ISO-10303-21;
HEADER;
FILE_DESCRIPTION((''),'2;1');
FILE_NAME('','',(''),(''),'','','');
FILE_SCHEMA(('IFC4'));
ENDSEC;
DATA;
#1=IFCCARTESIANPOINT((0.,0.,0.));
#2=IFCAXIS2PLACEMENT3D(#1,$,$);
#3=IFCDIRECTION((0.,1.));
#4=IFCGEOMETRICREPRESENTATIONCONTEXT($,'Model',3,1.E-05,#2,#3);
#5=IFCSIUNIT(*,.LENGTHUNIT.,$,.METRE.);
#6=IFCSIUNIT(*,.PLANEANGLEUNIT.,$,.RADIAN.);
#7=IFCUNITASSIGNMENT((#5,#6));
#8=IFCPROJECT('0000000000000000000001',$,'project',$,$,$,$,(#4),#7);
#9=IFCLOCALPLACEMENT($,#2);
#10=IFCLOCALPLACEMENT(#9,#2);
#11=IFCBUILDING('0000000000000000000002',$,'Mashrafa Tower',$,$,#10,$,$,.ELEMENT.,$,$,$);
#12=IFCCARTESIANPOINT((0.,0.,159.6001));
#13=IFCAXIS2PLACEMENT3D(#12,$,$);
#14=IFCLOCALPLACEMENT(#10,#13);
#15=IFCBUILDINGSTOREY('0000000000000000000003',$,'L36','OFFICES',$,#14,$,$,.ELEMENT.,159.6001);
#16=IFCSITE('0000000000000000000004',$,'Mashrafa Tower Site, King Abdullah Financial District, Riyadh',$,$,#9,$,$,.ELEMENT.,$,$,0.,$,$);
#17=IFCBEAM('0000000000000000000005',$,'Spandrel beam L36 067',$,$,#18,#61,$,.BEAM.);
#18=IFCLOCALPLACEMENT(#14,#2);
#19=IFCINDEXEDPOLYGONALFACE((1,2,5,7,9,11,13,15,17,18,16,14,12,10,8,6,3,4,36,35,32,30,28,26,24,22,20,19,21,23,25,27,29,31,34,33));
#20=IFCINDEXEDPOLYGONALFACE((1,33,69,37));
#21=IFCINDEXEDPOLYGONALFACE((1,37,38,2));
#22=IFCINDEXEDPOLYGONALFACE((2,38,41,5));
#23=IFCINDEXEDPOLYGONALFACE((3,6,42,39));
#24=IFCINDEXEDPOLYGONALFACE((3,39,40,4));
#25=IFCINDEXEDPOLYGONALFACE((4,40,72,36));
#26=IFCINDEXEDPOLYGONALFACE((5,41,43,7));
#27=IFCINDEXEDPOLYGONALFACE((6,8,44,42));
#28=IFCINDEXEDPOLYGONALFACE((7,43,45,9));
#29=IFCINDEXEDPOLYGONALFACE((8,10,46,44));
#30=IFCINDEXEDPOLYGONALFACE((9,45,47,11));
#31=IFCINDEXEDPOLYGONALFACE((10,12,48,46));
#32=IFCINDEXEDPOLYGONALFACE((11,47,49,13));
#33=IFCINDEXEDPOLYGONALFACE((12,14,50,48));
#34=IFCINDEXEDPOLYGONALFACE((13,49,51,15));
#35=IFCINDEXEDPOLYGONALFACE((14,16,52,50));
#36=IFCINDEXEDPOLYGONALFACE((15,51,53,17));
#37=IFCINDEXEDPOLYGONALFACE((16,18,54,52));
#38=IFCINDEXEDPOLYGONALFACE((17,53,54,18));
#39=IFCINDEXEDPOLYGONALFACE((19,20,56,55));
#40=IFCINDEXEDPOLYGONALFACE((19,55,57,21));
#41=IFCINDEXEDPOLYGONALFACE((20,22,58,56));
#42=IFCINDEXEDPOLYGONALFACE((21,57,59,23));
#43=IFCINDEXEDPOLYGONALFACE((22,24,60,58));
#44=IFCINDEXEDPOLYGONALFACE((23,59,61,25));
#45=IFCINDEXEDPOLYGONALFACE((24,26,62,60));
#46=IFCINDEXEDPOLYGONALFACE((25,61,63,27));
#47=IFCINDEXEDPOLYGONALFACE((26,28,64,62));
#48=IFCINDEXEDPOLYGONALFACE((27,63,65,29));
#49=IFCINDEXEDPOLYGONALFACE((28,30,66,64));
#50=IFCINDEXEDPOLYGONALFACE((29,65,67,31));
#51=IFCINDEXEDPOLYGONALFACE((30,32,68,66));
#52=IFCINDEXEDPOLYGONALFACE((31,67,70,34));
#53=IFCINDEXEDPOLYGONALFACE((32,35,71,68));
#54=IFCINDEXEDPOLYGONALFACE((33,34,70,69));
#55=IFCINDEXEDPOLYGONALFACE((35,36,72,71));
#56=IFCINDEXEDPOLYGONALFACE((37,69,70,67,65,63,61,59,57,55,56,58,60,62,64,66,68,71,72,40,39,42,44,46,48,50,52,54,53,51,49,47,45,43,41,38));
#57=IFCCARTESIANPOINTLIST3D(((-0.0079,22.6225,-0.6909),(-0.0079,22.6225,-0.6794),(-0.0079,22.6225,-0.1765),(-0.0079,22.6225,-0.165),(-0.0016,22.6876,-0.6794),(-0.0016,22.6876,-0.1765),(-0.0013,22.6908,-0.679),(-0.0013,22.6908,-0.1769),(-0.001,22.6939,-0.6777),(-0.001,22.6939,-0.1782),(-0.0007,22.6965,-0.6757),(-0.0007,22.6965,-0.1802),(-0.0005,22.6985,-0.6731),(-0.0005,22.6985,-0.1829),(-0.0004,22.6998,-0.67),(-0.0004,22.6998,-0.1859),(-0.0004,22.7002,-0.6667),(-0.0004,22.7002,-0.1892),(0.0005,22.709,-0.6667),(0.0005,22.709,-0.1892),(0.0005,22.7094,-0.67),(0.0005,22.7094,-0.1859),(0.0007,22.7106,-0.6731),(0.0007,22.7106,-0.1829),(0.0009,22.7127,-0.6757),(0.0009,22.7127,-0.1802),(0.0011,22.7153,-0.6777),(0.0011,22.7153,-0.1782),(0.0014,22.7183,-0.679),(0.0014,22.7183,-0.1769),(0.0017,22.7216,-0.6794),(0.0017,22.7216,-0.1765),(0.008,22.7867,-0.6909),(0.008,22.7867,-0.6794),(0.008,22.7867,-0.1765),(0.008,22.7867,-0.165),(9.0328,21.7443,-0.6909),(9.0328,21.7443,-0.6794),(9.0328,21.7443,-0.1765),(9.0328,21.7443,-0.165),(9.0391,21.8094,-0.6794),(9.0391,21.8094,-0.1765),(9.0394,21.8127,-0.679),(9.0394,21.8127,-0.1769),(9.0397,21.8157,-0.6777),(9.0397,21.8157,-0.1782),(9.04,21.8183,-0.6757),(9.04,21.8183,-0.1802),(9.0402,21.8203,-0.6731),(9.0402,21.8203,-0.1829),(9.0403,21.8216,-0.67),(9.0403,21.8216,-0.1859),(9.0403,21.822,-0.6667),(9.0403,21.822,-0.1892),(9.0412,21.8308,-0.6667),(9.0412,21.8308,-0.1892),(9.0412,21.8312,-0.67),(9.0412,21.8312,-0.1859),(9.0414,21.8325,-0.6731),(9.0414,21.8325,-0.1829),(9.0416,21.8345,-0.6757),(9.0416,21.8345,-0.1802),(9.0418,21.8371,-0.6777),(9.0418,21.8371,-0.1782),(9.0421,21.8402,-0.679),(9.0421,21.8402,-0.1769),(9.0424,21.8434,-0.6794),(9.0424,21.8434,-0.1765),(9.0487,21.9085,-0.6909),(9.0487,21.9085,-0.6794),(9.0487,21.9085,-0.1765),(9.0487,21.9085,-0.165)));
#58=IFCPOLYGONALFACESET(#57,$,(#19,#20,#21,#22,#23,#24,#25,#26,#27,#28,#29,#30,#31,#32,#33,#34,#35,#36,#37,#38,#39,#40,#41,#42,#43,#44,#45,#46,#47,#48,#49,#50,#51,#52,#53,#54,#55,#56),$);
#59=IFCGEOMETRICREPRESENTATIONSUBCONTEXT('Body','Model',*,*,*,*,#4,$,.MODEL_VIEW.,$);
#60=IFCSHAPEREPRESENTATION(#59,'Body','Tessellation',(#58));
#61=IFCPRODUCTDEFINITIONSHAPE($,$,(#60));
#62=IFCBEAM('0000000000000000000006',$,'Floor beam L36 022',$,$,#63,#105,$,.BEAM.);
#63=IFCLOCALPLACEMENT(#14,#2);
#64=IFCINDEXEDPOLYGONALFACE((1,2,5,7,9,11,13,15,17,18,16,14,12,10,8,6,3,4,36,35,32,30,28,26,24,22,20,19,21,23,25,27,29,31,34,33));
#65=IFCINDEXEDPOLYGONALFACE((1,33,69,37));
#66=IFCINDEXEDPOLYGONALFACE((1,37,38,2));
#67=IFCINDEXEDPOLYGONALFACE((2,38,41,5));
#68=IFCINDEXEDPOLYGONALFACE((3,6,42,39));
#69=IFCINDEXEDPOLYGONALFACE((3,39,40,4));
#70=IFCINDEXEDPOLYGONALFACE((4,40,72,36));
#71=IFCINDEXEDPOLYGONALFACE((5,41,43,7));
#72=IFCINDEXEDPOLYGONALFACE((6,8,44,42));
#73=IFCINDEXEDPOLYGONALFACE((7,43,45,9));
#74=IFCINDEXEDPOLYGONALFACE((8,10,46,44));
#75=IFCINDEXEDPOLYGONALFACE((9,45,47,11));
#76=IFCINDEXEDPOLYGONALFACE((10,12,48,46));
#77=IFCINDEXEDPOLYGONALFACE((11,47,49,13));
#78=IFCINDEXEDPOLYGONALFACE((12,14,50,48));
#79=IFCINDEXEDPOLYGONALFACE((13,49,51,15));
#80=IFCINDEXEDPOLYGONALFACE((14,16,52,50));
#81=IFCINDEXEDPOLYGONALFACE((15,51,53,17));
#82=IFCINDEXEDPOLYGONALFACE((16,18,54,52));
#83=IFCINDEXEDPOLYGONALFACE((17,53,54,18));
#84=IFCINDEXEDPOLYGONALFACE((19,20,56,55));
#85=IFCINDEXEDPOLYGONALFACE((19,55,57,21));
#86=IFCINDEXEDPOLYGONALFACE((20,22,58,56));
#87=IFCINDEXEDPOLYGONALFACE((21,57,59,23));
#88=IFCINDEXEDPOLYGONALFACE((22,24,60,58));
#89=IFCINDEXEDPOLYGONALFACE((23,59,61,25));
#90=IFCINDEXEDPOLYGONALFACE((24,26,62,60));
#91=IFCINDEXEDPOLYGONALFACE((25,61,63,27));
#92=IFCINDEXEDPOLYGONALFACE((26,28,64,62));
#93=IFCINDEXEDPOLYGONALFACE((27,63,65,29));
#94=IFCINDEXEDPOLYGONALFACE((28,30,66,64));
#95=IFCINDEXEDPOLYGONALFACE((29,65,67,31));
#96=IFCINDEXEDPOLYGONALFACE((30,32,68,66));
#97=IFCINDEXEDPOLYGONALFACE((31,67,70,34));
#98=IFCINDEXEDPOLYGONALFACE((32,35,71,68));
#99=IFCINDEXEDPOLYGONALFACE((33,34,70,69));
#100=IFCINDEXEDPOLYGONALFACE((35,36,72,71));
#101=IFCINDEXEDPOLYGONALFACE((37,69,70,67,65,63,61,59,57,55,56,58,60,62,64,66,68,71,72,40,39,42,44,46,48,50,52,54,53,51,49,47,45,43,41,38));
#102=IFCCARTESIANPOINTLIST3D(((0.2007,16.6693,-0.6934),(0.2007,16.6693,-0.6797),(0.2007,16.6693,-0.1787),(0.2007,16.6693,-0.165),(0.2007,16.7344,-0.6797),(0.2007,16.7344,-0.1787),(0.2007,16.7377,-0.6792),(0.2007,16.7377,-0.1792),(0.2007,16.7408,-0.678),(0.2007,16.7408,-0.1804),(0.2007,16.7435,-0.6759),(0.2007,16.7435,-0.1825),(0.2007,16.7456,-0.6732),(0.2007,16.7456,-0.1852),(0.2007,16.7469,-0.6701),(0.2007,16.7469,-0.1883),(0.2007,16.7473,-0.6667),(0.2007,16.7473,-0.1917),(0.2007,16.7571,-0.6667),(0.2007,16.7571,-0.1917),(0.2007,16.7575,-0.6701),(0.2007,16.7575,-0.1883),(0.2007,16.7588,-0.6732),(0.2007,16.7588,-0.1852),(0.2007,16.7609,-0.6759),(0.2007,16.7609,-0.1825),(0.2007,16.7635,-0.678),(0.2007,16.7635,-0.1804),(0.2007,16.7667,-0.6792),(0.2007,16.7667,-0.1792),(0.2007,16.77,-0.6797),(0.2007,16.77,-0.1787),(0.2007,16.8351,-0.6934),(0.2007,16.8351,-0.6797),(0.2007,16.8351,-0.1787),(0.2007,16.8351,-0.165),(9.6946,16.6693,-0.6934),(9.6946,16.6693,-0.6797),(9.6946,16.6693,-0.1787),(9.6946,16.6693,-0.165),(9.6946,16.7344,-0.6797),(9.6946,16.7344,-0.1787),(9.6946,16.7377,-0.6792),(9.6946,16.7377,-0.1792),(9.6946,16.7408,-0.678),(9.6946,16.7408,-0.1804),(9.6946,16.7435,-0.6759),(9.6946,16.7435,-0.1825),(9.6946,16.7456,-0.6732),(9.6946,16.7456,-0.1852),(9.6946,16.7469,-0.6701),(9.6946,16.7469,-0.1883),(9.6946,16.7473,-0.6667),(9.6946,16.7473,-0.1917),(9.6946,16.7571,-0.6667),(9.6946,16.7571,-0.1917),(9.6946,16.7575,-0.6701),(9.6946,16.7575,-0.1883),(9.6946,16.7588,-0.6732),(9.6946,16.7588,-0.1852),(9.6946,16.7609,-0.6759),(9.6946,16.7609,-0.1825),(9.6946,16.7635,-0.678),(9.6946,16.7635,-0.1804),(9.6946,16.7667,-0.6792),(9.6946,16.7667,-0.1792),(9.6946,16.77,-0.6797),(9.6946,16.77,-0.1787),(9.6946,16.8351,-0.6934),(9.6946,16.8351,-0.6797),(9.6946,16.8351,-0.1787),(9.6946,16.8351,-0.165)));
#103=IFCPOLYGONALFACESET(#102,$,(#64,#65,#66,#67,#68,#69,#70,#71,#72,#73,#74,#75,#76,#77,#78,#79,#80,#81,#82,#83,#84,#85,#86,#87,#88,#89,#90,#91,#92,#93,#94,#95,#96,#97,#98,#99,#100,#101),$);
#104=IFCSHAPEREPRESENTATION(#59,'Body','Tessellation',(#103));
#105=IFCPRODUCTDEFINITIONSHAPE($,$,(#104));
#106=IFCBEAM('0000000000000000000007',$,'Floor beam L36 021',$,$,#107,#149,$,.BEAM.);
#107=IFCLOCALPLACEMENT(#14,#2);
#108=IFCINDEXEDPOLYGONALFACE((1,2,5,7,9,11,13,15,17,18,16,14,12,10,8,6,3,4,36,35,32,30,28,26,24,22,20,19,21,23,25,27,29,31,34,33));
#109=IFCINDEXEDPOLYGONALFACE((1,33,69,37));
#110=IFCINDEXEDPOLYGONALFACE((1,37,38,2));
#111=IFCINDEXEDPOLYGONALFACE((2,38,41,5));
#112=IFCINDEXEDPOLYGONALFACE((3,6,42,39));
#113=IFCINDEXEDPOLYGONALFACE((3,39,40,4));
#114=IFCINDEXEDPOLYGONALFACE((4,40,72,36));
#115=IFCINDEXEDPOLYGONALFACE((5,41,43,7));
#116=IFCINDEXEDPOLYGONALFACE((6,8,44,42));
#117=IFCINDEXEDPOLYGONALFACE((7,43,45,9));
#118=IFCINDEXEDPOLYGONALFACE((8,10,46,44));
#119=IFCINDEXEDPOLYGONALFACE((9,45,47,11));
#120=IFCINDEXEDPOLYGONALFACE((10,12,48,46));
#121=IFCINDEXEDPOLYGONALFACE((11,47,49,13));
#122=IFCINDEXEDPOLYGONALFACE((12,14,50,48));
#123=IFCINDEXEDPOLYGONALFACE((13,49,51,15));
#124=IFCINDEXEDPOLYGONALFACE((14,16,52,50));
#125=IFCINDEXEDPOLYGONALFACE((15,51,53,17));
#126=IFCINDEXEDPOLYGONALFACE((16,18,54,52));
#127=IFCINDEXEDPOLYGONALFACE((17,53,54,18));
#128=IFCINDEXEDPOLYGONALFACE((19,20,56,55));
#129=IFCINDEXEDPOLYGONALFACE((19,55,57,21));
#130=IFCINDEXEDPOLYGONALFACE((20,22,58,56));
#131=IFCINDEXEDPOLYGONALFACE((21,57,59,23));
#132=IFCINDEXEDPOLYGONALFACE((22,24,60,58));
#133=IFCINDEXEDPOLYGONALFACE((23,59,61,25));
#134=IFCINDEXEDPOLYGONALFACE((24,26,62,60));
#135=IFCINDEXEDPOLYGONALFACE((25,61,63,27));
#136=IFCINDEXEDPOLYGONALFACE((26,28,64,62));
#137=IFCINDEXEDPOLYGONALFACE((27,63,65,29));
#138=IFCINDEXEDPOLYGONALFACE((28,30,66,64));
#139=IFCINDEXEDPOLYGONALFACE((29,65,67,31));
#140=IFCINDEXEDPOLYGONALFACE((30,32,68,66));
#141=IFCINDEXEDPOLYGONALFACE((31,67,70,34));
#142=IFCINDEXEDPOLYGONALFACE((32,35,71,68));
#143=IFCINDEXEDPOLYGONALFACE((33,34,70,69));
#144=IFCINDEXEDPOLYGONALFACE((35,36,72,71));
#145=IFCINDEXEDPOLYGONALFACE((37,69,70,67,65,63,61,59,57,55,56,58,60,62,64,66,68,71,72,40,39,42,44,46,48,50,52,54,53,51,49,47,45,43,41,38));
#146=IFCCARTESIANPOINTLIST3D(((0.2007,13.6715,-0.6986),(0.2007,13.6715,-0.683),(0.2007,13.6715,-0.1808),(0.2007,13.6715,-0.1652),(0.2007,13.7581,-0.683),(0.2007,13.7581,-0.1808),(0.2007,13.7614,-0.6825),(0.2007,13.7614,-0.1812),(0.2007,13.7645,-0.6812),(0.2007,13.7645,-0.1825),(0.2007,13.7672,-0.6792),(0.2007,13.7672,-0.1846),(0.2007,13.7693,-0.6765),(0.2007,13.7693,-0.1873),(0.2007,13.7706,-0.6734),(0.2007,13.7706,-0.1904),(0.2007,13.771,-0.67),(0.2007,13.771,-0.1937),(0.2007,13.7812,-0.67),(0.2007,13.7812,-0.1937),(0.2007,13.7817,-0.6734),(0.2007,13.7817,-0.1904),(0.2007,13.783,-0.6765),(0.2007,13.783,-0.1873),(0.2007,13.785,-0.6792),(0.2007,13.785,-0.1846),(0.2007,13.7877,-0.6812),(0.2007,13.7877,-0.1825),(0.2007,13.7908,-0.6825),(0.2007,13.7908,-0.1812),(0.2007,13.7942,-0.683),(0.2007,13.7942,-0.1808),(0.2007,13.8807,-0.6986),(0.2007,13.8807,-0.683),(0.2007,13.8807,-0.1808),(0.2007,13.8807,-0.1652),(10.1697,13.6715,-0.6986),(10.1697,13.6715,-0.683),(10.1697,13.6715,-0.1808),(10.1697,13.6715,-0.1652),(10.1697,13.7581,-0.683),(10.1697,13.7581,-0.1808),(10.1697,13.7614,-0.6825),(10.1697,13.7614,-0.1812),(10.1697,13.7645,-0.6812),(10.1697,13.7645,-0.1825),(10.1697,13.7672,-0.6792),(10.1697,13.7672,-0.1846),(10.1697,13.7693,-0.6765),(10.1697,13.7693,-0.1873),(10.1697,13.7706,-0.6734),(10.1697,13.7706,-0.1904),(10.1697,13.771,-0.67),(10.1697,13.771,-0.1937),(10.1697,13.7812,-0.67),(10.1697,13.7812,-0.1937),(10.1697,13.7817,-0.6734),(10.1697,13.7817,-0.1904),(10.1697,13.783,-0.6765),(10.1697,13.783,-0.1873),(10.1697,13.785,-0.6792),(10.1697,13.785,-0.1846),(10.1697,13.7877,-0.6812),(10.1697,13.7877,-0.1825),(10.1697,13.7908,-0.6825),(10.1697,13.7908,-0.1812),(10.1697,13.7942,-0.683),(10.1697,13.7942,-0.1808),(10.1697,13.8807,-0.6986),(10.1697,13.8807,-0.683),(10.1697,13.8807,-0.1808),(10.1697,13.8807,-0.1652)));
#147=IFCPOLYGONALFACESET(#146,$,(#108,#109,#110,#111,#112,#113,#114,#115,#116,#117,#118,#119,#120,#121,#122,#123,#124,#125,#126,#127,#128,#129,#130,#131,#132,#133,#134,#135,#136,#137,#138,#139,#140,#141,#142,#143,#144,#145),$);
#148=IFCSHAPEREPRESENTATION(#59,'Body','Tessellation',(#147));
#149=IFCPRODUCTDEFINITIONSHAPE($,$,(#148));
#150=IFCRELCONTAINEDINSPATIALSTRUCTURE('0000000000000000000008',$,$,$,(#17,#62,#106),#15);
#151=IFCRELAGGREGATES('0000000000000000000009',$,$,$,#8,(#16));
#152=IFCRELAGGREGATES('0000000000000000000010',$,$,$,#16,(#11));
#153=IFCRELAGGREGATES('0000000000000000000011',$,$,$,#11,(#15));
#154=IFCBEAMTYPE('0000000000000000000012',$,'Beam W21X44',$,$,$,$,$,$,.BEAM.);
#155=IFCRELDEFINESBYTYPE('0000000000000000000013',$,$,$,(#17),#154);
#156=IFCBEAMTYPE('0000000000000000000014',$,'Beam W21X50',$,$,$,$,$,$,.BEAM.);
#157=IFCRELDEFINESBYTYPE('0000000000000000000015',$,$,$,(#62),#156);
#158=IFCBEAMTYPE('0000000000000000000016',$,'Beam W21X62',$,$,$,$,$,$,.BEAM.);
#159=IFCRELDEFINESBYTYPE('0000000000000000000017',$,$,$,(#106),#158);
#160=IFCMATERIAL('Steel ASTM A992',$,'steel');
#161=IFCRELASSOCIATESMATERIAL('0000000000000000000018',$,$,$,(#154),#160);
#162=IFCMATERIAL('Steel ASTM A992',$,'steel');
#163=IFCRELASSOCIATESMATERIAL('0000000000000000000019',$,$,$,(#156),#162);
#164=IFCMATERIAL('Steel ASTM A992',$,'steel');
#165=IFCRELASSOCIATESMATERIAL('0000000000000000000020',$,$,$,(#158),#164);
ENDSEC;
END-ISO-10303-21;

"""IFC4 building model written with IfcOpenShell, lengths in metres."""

from ifc_helpers import new_model, si_unit, direction, frame, origin, origin_2d, place, context, subcontext, project, spatial, i_section, extrude, material, material_profile, profile_set, type_object, element, save


model = new_model("IFC4")

# Units and contexts
model_context = context("Model", 3, precision=1e-05, world=origin(), true_north=direction((0.0, 1.0)))
body_context = subcontext(model_context, "Body", "Model", "MODEL_VIEW")
ifc_project = project(units=[si_unit("LENGTHUNIT", "METRE"), si_unit("PLANEANGLEUNIT", "RADIAN")], contexts=[model_context])

# Site, building, storey
site_placement = place(None, origin())
site = spatial("IfcSite", under=ifc_project, at=site_placement, Name="Mashrafa Tower Site, King Abdullah Financial District, Riyadh", CompositionType="ELEMENT", RefElevation=0.0)
building_placement = place(site_placement, origin())
building = spatial("IfcBuilding", under=site, at=building_placement, Name="Mashrafa Tower", CompositionType="ELEMENT")
storey_placement = place(building_placement, frame((0.0, 0.0, 159.6001)))
storey = spatial("IfcBuildingStorey", under=building, at=storey_placement, Name="L36", Description="OFFICES", CompositionType="ELEMENT", Elevation=159.6001)

# Beams
ifc_material_1 = material(Name="Steel ASTM A992", Category="steel")
ifc_material_profile_1 = material_profile(ifc_material_1, i_section(OverallWidth=0.165, OverallDepth=0.5259, WebThickness=0.0088, FlangeThickness=0.0115, FilletRadius=0.0127, at=origin_2d()), Name="W21X44")
ifc_profile_set_1 = profile_set([ifc_material_profile_1], Name="Steel ASTM A992")
beam_type_1 = type_object("IfcBeamType", Name="Beam W21X44", PredefinedType="BEAM", material=ifc_profile_set_1)
for number, where, z_axis, x_axis, name in (
    (1, (9.0408, 21.8264, -0.428), (-0.995316, 0.09668, 0.0), (-0.09668, -0.995316, 0.0), "Spandrel beam L36 067"),
):
    element("IfcBeam", number, at=place(storey_placement, frame(where, z_axis=z_axis, x_axis=x_axis)), inside=storey, type_object=beam_type_1, Name=name, PredefinedType="BEAM", context=body_context, shape_type="SweptSolid", body=[
        extrude(i_section(OverallWidth=0.165, OverallDepth=0.5259, WebThickness=0.0088, FlangeThickness=0.0115, FilletRadius=0.0127, at=origin_2d()), origin(), (0.0, 0.0, 1.0), 9.0833),
    ])
ifc_material_2 = material(Name="Steel ASTM A992", Category="steel")
ifc_material_profile_2 = material_profile(ifc_material_2, i_section(OverallWidth=0.1658, OverallDepth=0.5283, WebThickness=0.0098, FlangeThickness=0.0137, FilletRadius=0.0129, at=origin_2d()), Name="W21X50")
ifc_profile_set_2 = profile_set([ifc_material_profile_2], Name="Steel ASTM A992")
beam_type_2 = type_object("IfcBeamType", Name="Beam W21X50", PredefinedType="BEAM", material=ifc_profile_set_2)
beam_1_placement = place(storey_placement, frame((0.2007, 16.7522, -0.4292), z_axis=(1.0, 0.0, 0.0), x_axis=(0.0, 1.0, 0.0)))
element("IfcBeam", 2, at=beam_1_placement, inside=storey, type_object=beam_type_2, Name="Floor beam L36 022", PredefinedType="BEAM", context=body_context, shape_type="SweptSolid", body=[
    extrude(i_section(OverallWidth=0.1658, OverallDepth=0.5283, WebThickness=0.0098, FlangeThickness=0.0137, FilletRadius=0.0129, at=origin_2d()), origin(), (0.0, 0.0, 1.0), 9.4939),
])
ifc_material_3 = material(Name="Steel ASTM A992", Category="steel")
ifc_material_profile_3 = material_profile(ifc_material_3, i_section(OverallWidth=0.2092, OverallDepth=0.5334, WebThickness=0.0103, FlangeThickness=0.0156, FilletRadius=0.0129, at=origin_2d()), Name="W21X62")
ifc_profile_set_3 = profile_set([ifc_material_profile_3], Name="Steel ASTM A992")
beam_type_3 = type_object("IfcBeamType", Name="Beam W21X62", PredefinedType="BEAM", material=ifc_profile_set_3)
beam_2_placement = place(storey_placement, frame((0.2007, 13.7761, -0.4319), z_axis=(1.0, 0.0, 0.0), x_axis=(0.0, 1.0, 0.0)))
element("IfcBeam", 3, at=beam_2_placement, inside=storey, type_object=beam_type_3, Name="Floor beam L36 021", PredefinedType="BEAM", context=body_context, shape_type="SweptSolid", body=[
    extrude(i_section(OverallWidth=0.2092, OverallDepth=0.5334, WebThickness=0.0103, FlangeThickness=0.0156, FilletRadius=0.0129, at=origin_2d()), origin(), (0.0, 0.0, 1.0), 9.969),
])

save(model, "model.ifc")
